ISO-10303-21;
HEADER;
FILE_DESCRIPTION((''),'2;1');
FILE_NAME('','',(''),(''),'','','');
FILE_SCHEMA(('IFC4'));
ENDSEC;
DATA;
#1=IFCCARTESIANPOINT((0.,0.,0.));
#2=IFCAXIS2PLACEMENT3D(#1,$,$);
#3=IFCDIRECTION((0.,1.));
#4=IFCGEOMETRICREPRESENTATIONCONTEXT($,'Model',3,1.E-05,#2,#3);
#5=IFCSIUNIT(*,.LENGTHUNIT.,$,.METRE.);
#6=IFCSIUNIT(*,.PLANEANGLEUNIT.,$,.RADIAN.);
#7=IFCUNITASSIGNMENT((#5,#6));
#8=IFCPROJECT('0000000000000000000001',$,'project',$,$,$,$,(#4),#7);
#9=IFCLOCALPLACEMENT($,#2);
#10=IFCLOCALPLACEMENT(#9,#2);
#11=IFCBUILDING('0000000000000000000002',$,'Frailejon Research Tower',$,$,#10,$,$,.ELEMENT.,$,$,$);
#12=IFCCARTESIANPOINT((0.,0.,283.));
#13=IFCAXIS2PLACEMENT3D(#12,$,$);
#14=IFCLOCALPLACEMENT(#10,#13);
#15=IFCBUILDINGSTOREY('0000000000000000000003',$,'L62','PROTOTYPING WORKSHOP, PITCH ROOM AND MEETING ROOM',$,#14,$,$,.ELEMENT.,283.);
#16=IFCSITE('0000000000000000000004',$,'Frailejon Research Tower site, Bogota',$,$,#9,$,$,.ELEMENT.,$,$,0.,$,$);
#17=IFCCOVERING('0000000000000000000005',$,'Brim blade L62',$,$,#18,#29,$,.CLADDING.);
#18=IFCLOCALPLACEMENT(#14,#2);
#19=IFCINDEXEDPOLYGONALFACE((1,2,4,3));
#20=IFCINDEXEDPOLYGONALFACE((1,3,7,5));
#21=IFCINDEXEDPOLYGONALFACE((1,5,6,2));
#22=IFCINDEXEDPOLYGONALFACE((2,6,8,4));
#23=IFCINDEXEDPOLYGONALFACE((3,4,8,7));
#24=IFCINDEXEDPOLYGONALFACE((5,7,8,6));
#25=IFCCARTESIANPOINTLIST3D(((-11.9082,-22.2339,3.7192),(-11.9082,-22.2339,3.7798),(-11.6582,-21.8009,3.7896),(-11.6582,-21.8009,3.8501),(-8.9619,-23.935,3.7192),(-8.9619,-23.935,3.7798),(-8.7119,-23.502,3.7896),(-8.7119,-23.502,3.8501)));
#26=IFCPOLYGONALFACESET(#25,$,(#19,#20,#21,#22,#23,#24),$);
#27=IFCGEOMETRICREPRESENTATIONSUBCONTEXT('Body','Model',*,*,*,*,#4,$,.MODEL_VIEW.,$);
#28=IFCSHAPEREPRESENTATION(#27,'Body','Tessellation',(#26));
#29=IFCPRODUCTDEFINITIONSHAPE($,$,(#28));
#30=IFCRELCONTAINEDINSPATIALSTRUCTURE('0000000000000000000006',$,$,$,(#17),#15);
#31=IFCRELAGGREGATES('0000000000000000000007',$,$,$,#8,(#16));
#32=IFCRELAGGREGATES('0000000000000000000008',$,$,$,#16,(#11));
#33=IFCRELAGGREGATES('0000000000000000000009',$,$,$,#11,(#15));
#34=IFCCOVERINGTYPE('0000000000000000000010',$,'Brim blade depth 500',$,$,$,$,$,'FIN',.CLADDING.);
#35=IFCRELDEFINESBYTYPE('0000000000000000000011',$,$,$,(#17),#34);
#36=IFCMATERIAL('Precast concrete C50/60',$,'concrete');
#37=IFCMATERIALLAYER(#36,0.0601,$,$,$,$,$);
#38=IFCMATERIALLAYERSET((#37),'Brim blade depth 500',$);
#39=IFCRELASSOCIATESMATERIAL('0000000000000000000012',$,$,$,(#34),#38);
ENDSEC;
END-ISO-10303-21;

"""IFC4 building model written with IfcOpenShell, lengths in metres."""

from ifc_helpers import new_model, si_unit, direction, frame, origin, place, context, subcontext, project, spatial, polyline, outline, extrude, material, layer, layer_set, type_object, element, save


model = new_model("IFC4")

# Units and contexts
model_context = context("Model", 3, precision=1e-05, world=origin(), true_north=direction((0.0, 1.0)))
body_context = subcontext(model_context, "Body", "Model", "MODEL_VIEW")
ifc_project = project(units=[si_unit("LENGTHUNIT", "METRE"), si_unit("PLANEANGLEUNIT", "RADIAN")], contexts=[model_context])

# Site, building, storey
site_placement = place(None, origin())
site = spatial("IfcSite", under=ifc_project, at=site_placement, Name="Frailejon Research Tower site, Bogota", CompositionType="ELEMENT", RefElevation=0.0)
building_placement = place(site_placement, origin())
building = spatial("IfcBuilding", under=site, at=building_placement, Name="Frailejon Research Tower", CompositionType="ELEMENT")
storey_placement = place(building_placement, frame((0.0, 0.0, 283.0)))
storey = spatial("IfcBuildingStorey", under=building, at=storey_placement, Name="L62", Description="PROTOTYPING WORKSHOP, PITCH ROOM AND MEETING ROOM", CompositionType="ELEMENT", Elevation=283.0)

# Covering
ifc_material_1 = material(Name="Precast concrete C50/60", Category="concrete")
ifc_layer_1 = layer(ifc_material_1, 0.0601)
ifc_layer_set_1 = layer_set([ifc_layer_1], Name="Brim blade depth 500")
covering_type_1 = type_object("IfcCoveringType", Name="Brim blade depth 500", ElementType="FIN", PredefinedType="CLADDING", material=ifc_layer_set_1)
covering_placement = place(storey_placement, frame((-8.7119, -23.502, 3.8501), z_axis=(-0.866024, 0.500003, 0.0), x_axis=(-0.500003, -0.866024, 0.0)))
element("IfcCovering", 1, at=covering_placement, inside=storey, type_object=covering_type_1, Name="Brim blade L62", PredefinedType="CLADDING", context=body_context, shape_type="SweptSolid", body=[
    extrude(outline(polyline([(0.0, -0.0605), (0.5, -0.1309), (0.5, -0.0703), (0.0, 0.0), (0.0, -0.0605)])), origin(), (0.0, 0.0, 1.0), 3.4021),
])

save(model, "model.ifc")
